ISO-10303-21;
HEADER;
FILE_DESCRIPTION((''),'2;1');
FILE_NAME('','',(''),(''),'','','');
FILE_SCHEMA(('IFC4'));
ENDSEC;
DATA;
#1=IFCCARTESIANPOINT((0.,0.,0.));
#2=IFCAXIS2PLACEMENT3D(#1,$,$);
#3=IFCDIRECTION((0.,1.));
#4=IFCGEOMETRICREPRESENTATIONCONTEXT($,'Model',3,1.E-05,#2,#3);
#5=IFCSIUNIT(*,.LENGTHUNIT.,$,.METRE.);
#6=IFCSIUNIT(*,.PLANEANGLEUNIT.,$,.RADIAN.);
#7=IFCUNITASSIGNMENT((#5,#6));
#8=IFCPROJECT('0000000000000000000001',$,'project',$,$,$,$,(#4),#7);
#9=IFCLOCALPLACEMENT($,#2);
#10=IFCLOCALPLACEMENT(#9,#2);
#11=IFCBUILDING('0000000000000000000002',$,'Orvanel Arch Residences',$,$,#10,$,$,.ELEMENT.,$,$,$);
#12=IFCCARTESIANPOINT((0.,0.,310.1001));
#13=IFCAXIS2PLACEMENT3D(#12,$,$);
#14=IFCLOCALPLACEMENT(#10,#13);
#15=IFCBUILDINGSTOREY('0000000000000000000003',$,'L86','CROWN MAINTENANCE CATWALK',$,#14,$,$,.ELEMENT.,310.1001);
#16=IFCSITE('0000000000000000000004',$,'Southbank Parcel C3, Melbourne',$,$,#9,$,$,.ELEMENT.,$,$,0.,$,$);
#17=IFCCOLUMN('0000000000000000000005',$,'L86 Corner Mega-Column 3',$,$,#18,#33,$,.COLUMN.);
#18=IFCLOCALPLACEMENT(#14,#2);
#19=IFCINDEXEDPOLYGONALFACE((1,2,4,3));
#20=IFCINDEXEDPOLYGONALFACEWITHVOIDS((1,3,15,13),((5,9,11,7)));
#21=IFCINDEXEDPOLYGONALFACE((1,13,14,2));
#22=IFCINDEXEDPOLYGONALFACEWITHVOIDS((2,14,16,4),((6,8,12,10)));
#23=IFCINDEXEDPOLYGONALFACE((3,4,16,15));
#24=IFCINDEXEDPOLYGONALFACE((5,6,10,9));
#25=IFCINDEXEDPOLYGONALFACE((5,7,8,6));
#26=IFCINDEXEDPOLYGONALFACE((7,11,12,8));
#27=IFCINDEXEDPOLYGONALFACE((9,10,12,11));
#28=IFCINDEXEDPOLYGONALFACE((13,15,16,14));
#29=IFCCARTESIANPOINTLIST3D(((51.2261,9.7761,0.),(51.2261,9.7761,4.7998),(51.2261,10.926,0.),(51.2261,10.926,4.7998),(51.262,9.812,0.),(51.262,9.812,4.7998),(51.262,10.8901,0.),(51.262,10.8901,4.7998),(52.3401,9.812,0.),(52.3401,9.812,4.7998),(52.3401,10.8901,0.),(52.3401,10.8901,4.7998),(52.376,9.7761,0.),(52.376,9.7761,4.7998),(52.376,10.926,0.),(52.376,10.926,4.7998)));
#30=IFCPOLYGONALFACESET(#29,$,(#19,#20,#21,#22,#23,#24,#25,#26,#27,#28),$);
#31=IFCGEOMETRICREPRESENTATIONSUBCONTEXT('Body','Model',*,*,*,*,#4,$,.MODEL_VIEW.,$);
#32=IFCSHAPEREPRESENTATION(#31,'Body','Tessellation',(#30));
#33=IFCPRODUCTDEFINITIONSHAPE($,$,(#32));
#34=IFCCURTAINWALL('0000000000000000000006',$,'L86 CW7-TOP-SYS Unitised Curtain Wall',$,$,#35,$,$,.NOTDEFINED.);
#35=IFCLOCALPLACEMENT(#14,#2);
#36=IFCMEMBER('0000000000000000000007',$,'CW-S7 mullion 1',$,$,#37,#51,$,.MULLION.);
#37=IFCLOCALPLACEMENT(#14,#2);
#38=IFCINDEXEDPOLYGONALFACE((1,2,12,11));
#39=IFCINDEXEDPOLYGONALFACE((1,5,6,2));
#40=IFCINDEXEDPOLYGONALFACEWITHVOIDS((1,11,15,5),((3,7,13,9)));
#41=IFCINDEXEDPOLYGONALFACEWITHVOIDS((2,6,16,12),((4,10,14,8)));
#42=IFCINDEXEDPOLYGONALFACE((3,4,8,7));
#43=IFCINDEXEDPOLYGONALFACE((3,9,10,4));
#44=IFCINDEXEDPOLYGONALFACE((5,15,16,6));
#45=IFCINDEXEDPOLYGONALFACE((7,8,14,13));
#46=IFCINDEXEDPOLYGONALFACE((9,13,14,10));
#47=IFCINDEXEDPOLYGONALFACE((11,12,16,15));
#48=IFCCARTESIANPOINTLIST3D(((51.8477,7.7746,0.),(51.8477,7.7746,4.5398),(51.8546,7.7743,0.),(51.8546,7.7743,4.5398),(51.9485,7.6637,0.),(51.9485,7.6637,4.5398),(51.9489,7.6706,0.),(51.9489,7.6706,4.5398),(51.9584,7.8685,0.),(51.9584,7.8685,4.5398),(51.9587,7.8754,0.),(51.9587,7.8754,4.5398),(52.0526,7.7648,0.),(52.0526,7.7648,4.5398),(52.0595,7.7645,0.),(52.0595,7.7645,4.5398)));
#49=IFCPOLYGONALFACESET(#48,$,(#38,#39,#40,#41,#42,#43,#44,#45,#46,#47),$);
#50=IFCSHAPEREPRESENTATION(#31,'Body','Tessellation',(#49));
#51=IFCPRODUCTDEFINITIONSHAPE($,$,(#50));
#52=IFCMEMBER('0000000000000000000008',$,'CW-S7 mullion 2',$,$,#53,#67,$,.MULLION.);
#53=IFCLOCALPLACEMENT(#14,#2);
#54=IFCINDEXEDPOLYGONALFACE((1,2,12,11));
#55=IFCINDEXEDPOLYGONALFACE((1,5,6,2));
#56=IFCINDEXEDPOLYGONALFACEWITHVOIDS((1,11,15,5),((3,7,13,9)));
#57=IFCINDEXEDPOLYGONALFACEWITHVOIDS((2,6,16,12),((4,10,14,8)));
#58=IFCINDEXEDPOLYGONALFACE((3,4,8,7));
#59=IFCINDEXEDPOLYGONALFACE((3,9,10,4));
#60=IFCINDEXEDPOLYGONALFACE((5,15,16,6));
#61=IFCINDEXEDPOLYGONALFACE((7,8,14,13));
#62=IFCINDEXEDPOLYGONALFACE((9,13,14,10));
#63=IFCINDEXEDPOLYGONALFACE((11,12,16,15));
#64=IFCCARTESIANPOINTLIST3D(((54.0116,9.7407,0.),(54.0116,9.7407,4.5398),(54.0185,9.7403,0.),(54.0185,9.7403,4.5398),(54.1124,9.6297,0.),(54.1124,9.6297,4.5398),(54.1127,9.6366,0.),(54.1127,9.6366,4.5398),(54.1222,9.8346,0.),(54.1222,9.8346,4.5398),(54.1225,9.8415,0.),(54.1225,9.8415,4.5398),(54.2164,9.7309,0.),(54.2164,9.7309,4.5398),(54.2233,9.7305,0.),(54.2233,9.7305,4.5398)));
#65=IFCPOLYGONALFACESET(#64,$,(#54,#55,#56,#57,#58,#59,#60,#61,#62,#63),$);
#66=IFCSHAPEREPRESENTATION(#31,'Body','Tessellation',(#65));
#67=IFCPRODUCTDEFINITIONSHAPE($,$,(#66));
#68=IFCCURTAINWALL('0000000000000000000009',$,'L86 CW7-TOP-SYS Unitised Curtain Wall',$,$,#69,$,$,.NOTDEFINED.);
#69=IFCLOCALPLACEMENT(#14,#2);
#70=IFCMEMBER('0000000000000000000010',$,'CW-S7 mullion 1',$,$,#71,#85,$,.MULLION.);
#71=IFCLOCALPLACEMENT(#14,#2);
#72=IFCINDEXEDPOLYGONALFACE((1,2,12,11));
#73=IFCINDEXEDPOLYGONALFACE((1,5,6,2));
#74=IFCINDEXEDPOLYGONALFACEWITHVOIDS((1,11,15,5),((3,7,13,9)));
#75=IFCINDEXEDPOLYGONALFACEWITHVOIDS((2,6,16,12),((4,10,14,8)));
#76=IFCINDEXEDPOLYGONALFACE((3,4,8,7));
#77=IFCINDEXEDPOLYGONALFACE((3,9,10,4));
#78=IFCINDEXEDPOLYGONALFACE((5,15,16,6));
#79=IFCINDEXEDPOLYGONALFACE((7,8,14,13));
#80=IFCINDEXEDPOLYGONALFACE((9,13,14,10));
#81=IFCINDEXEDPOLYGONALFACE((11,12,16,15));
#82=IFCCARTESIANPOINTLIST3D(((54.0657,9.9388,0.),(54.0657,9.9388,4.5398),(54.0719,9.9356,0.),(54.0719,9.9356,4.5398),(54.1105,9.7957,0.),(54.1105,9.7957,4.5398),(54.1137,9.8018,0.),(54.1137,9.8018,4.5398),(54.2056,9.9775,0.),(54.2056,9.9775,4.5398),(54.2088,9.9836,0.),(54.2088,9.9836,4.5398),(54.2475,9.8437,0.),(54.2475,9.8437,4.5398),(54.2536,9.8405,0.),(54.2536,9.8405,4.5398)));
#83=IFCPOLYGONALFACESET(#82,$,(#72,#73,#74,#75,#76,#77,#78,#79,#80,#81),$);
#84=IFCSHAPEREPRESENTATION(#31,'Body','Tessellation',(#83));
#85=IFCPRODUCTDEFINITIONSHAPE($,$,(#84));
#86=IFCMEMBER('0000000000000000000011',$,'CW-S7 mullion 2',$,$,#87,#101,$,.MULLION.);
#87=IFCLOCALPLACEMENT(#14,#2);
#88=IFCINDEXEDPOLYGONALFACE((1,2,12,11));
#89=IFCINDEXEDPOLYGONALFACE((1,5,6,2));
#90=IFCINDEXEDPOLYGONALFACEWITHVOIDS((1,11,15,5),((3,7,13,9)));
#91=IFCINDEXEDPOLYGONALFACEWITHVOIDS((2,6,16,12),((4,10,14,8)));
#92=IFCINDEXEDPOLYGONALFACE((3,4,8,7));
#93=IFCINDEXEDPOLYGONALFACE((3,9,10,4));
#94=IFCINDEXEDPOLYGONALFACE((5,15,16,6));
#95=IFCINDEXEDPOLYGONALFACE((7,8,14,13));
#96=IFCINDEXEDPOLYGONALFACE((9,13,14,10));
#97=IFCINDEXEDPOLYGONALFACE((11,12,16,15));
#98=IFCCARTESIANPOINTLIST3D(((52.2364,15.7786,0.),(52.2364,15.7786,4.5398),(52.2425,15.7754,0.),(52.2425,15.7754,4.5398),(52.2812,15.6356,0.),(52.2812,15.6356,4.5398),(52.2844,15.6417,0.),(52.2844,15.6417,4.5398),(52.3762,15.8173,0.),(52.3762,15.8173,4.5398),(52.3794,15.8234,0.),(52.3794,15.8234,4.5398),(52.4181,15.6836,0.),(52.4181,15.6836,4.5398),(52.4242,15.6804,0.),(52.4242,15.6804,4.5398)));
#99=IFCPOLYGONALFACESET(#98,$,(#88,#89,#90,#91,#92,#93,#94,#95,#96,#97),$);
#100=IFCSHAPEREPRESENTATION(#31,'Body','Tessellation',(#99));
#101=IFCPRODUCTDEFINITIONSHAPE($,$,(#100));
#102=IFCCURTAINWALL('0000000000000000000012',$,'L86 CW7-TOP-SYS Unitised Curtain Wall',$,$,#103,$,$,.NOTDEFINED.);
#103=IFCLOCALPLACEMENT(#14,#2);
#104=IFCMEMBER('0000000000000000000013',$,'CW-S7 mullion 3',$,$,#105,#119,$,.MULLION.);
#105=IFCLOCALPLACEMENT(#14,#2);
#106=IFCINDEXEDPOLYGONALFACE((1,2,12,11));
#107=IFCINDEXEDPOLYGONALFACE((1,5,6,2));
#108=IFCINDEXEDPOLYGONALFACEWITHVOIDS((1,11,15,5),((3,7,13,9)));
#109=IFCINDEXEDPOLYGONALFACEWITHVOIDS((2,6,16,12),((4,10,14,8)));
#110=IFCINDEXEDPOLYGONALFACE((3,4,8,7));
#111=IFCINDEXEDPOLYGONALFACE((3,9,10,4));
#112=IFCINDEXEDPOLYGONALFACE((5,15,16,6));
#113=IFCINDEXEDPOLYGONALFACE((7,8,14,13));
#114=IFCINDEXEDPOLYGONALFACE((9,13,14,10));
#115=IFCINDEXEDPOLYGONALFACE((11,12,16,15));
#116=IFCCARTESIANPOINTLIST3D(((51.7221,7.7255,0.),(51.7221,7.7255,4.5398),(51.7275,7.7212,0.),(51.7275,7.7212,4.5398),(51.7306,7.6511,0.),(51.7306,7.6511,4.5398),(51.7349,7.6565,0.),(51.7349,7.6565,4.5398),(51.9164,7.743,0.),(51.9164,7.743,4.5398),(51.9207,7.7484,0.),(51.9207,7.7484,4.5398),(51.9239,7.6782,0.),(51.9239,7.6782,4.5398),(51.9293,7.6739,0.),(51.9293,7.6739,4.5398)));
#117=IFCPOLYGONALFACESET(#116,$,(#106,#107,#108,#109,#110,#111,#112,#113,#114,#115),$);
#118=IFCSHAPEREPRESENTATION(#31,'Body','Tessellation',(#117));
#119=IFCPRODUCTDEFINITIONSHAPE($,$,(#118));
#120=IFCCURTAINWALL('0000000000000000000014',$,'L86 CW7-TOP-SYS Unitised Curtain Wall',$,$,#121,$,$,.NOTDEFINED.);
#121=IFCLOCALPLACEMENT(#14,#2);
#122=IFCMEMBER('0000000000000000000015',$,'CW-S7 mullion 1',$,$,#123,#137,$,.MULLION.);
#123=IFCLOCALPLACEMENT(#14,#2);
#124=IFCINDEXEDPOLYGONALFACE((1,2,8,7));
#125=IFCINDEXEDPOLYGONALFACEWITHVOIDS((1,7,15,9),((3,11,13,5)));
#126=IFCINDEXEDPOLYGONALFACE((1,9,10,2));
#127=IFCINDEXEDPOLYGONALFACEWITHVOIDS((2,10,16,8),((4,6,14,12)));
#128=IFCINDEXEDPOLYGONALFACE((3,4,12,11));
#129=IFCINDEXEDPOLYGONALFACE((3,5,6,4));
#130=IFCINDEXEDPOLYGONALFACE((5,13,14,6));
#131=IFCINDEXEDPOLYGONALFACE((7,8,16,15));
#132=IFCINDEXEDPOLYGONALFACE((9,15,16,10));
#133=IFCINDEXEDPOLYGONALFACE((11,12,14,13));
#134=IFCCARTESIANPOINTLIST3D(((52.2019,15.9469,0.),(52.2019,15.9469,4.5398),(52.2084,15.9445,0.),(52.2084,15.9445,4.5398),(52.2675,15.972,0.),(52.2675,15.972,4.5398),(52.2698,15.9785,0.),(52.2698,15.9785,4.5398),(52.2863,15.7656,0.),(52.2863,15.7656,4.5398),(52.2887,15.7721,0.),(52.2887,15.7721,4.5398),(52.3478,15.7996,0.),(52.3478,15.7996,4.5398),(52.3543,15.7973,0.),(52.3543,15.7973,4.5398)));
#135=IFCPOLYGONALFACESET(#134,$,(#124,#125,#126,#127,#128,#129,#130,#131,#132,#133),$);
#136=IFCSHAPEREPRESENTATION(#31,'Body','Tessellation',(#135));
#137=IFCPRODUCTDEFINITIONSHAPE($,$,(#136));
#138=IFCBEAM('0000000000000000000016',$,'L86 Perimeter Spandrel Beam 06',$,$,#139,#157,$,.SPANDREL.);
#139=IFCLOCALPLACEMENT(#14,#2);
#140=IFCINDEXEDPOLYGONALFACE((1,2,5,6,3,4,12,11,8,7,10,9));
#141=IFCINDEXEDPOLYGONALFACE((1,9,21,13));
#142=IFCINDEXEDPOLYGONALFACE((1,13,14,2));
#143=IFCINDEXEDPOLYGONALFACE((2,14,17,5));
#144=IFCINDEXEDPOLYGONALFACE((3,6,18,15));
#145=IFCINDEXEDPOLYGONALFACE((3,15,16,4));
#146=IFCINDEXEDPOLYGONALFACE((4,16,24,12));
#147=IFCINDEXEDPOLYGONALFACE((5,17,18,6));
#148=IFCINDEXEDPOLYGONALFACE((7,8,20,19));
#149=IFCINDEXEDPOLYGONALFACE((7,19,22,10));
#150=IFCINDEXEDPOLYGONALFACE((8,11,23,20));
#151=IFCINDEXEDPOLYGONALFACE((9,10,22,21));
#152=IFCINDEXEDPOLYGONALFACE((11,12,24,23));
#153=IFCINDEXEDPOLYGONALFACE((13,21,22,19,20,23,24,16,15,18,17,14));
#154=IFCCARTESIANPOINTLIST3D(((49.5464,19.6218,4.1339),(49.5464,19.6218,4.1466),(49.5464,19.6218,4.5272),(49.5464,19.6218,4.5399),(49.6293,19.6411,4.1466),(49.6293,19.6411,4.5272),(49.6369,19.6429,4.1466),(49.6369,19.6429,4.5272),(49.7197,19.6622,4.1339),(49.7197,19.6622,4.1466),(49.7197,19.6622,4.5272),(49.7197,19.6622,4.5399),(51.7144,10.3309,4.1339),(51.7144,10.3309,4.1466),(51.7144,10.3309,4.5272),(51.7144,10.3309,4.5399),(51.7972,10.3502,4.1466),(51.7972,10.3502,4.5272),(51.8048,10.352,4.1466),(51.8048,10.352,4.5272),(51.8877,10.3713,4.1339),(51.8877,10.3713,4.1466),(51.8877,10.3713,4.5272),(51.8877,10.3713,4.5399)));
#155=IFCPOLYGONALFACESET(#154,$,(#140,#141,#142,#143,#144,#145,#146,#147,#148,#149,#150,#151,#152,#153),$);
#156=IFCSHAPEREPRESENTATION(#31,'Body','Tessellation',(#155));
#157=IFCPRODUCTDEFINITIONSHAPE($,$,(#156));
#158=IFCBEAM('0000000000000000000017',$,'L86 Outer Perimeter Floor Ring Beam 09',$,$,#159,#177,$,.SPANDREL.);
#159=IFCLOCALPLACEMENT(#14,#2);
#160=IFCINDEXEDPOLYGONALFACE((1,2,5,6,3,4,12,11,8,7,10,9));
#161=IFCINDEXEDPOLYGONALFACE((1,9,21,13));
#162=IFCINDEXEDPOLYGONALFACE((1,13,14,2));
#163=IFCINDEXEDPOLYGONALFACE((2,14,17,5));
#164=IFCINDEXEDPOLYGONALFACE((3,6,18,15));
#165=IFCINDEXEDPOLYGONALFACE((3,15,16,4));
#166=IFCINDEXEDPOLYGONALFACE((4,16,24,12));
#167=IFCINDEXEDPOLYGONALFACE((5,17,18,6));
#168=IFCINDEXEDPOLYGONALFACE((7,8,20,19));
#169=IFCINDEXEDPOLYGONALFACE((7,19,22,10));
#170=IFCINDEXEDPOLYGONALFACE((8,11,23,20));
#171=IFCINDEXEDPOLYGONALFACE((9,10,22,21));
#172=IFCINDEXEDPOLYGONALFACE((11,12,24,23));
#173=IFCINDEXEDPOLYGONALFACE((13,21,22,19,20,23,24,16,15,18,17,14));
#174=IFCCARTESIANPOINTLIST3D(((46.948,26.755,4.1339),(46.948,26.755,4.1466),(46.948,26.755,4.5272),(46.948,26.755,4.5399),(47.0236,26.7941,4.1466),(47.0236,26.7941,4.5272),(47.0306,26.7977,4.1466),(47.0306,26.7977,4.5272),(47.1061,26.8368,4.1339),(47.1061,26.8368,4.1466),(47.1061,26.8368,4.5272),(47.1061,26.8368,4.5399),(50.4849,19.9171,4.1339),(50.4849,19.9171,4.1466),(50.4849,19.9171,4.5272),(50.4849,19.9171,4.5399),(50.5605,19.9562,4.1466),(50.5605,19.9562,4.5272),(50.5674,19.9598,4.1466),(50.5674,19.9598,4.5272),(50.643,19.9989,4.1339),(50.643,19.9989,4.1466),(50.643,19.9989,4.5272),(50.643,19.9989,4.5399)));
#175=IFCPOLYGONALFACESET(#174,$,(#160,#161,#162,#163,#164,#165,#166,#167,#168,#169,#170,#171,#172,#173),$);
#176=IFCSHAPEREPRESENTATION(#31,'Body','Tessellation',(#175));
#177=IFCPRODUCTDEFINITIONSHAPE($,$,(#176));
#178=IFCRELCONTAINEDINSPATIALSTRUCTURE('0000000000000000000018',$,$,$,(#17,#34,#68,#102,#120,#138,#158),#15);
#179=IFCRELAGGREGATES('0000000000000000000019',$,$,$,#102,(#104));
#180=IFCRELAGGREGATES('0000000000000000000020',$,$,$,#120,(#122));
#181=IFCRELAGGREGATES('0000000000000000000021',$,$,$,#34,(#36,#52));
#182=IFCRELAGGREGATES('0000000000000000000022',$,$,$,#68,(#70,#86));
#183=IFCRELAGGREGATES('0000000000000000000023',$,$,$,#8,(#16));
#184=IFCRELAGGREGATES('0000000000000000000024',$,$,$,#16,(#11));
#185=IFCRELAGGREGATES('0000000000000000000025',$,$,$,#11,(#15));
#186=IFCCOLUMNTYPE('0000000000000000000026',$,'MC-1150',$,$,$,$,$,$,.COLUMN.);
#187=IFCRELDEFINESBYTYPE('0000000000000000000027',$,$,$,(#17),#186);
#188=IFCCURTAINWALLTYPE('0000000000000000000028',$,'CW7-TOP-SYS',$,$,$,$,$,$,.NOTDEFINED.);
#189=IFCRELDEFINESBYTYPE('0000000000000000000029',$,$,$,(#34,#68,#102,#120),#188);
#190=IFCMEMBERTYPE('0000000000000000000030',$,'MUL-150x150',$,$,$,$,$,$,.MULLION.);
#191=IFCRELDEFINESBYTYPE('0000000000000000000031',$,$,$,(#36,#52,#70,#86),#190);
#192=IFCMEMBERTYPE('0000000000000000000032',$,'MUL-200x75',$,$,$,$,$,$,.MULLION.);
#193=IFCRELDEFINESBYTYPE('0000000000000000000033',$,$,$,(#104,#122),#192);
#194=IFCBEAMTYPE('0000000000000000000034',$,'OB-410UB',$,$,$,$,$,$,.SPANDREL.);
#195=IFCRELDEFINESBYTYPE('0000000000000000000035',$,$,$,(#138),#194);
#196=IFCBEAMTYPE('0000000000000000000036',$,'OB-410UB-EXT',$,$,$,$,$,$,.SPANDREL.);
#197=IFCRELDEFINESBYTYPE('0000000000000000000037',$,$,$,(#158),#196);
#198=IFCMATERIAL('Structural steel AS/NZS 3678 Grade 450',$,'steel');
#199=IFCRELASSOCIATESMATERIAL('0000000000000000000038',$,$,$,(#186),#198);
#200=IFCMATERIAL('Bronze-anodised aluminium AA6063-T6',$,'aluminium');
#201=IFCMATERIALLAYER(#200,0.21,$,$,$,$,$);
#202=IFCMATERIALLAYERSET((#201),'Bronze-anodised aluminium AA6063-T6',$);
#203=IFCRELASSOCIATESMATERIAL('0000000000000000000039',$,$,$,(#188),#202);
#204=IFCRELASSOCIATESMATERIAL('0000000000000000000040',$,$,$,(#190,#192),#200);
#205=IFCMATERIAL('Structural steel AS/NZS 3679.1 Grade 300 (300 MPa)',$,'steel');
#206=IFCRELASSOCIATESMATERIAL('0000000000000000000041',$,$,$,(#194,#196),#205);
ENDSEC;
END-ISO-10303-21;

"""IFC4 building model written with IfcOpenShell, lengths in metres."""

from ifc_helpers import new_model, si_unit, direction, frame, origin, origin_2d, place, context, subcontext, project, spatial, hollow_rectangle, i_section, extrude, material, layer, layer_set, material_profile, profile_set, type_object, element, aggregate, save


model = new_model("IFC4")

# Units and contexts
model_context = context("Model", 3, precision=1e-05, world=origin(), true_north=direction((0.0, 1.0)))
body_context = subcontext(model_context, "Body", "Model", "MODEL_VIEW")
ifc_project = project(units=[si_unit("LENGTHUNIT", "METRE"), si_unit("PLANEANGLEUNIT", "RADIAN")], contexts=[model_context])

# Site, building, storey
site_placement = place(None, origin())
site = spatial("IfcSite", under=ifc_project, at=site_placement, Name="Southbank Parcel C3, Melbourne", CompositionType="ELEMENT", RefElevation=0.0)
building_placement = place(site_placement, origin())
building = spatial("IfcBuilding", under=site, at=building_placement, Name="Orvanel Arch Residences", CompositionType="ELEMENT")
storey_placement = place(building_placement, frame((0.0, 0.0, 310.1001)))
storey = spatial("IfcBuildingStorey", under=building, at=storey_placement, Name="L86", Description="CROWN MAINTENANCE CATWALK", CompositionType="ELEMENT", Elevation=310.1001)

# Column
ifc_material_1 = material(Name="Structural steel AS/NZS 3678 Grade 450", Category="steel")
ifc_material_profile_1 = material_profile(ifc_material_1, hollow_rectangle(XDim=1.1499, YDim=1.1499, WallThickness=0.0359, at=origin_2d()), Name="BOX1150x1150x36")
ifc_profile_set_1 = profile_set([ifc_material_profile_1], Name="Structural steel AS/NZS 3678 Grade 450")
column_type = type_object("IfcColumnType", Name="MC-1150", PredefinedType="COLUMN", material=ifc_profile_set_1)
column_placement = place(storey_placement, frame((51.801, 10.3511, 0.0), z_axis=(0.0, 0.0, 1.0), x_axis=(1.0, 0.0, 0.0)))
element("IfcColumn", 1, at=column_placement, inside=storey, type_object=column_type, Name="L86 Corner Mega-Column 3", PredefinedType="COLUMN", context=body_context, shape_type="SweptSolid", body=[
    extrude(hollow_rectangle(XDim=1.1499, YDim=1.1499, WallThickness=0.0359, at=origin_2d()), origin(), (0.0, 0.0, 1.0), 4.7998),
])

# Curtain walls, members
ifc_material_2 = material(Name="Bronze-anodised aluminium AA6063-T6", Category="aluminium")
ifc_layer_1 = layer(ifc_material_2, 0.21)
ifc_layer_set_1 = layer_set([ifc_layer_1], Name="Bronze-anodised aluminium AA6063-T6")
curtain_wall_type = type_object("IfcCurtainWallType", Name="CW7-TOP-SYS", PredefinedType="NOTDEFINED", material=ifc_layer_set_1)
curtain_wall_1_placement = place(storey_placement, origin())
curtain_wall_1 = element("IfcCurtainWall", 2, at=curtain_wall_1_placement, inside=storey, type_object=curtain_wall_type, Name="L86 CW7-TOP-SYS Unitised Curtain Wall", PredefinedType="NOTDEFINED")
ifc_material_profile_2 = material_profile(ifc_material_2, hollow_rectangle(XDim=0.1499, YDim=0.1499, WallThickness=0.0049, at=origin_2d()), Name="ALU150x150x5")
ifc_profile_set_2 = profile_set([ifc_material_profile_2], Name="Bronze-anodised aluminium AA6063-T6")
member_type_1 = type_object("IfcMemberType", Name="MUL-150x150", PredefinedType="MULLION", material=ifc_profile_set_2)
member_1_placement = place(storey_placement, frame((51.9536, 7.7695, 0.0), z_axis=(0.0, 0.0, 1.0), x_axis=(-0.672462, 0.740131, 0.0)))
member_1 = element("IfcMember", 3, at=member_1_placement, type_object=member_type_1, Name="CW-S7 mullion 1", PredefinedType="MULLION", context=body_context, shape_type="SweptSolid", body=[
    extrude(hollow_rectangle(XDim=0.1499, YDim=0.1499, WallThickness=0.0049, at=origin_2d()), origin(), (0.0, 0.0, 1.0), 4.5398),
])
member_2_placement = place(storey_placement, frame((54.1174, 9.7356, 0.0), z_axis=(0.0, 0.0, 1.0), x_axis=(-0.672462, 0.740131, 0.0)))
member_2 = element("IfcMember", 4, at=member_2_placement, type_object=member_type_1, Name="CW-S7 mullion 2", PredefinedType="MULLION", context=body_context, shape_type="SweptSolid", body=[
    extrude(hollow_rectangle(XDim=0.1499, YDim=0.1499, WallThickness=0.0049, at=origin_2d()), origin(), (0.0, 0.0, 1.0), 4.5398),
])
curtain_wall_2_placement = place(storey_placement, origin())
curtain_wall_2 = element("IfcCurtainWall", 5, at=curtain_wall_2_placement, inside=storey, type_object=curtain_wall_type, Name="L86 CW7-TOP-SYS Unitised Curtain Wall", PredefinedType="NOTDEFINED")
member_3_placement = place(storey_placement, frame((54.1597, 9.8896, 0.0), z_axis=(0.0, 0.0, 1.0), x_axis=(-0.954284, -0.298902, 0.0)))
member_3 = element("IfcMember", 6, at=member_3_placement, type_object=member_type_1, Name="CW-S7 mullion 1", PredefinedType="MULLION", context=body_context, shape_type="SweptSolid", body=[
    extrude(hollow_rectangle(XDim=0.1499, YDim=0.1499, WallThickness=0.0049, at=origin_2d()), origin(), (0.0, 0.0, 1.0), 4.5398),
])
member_4_placement = place(storey_placement, frame((52.3303, 15.7295, 0.0), z_axis=(0.0, 0.0, 1.0), x_axis=(-0.954284, -0.298902, 0.0)))
member_4 = element("IfcMember", 7, at=member_4_placement, type_object=member_type_1, Name="CW-S7 mullion 2", PredefinedType="MULLION", context=body_context, shape_type="SweptSolid", body=[
    extrude(hollow_rectangle(XDim=0.1499, YDim=0.1499, WallThickness=0.0049, at=origin_2d()), origin(), (0.0, 0.0, 1.0), 4.5398),
])

# Curtain walls, members
curtain_wall_3_placement = place(storey_placement, origin())
curtain_wall_3 = element("IfcCurtainWall", 8, at=curtain_wall_3_placement, inside=storey, type_object=curtain_wall_type, Name="L86 CW7-TOP-SYS Unitised Curtain Wall", PredefinedType="NOTDEFINED")
ifc_material_profile_3 = material_profile(ifc_material_2, hollow_rectangle(XDim=0.075, YDim=0.2, WallThickness=0.0049, at=origin_2d()), Name="ALU200x75x5")
ifc_profile_set_3 = profile_set([ifc_material_profile_3], Name="Bronze-anodised aluminium AA6063-T6")
member_type_2 = type_object("IfcMemberType", Name="MUL-200x75", PredefinedType="MULLION", material=ifc_profile_set_3)
member_5_placement = place(storey_placement, frame((51.8257, 7.6997, 0.0), z_axis=(0.0, 0.0, 1.0), x_axis=(-0.114245, 0.993453, 0.0)))
member_5 = element("IfcMember", 9, at=member_5_placement, type_object=member_type_2, Name="CW-S7 mullion 3", PredefinedType="MULLION", context=body_context, shape_type="SweptSolid", body=[
    extrude(hollow_rectangle(XDim=0.075, YDim=0.2, WallThickness=0.0049, at=origin_2d()), origin(), (0.0, 0.0, 1.0), 4.5398),
])
aggregate(curtain_wall_3, [member_5])
curtain_wall_4_placement = place(storey_placement, origin())
curtain_wall_4 = element("IfcCurtainWall", 10, at=curtain_wall_4_placement, inside=storey, type_object=curtain_wall_type, Name="L86 CW7-TOP-SYS Unitised Curtain Wall", PredefinedType="NOTDEFINED")
member_6_placement = place(storey_placement, frame((52.2781, 15.8721, 0.0), z_axis=(0.0, 0.0, 1.0), x_axis=(-0.906427, -0.422363, 0.0)))
member_6 = element("IfcMember", 11, at=member_6_placement, type_object=member_type_2, Name="CW-S7 mullion 1", PredefinedType="MULLION", context=body_context, shape_type="SweptSolid", body=[
    extrude(hollow_rectangle(XDim=0.075, YDim=0.2, WallThickness=0.0049, at=origin_2d()), origin(), (0.0, 0.0, 1.0), 4.5398),
])

# Beams
ifc_material_3 = material(Name="Structural steel AS/NZS 3679.1 Grade 300 (300 MPa)", Category="steel")
ifc_material_profile_4 = material_profile(ifc_material_3, i_section(OverallWidth=0.178, OverallDepth=0.406, WebThickness=0.0078, FlangeThickness=0.0127, at=origin_2d()), Name="410UB59.7")
ifc_profile_set_4 = profile_set([ifc_material_profile_4], Name="Structural steel AS/NZS 3679.1 Grade 300 (300 MPa)")
beam_type_1 = type_object("IfcBeamType", Name="OB-410UB", PredefinedType="SPANDREL", material=ifc_profile_set_4)
beam_1_placement = place(storey_placement, frame((51.801, 10.3511, 4.3369), z_axis=(-0.227236, 0.97384, 0.0), x_axis=(-0.97384, -0.227236, 0.0)))
element("IfcBeam", 12, at=beam_1_placement, inside=storey, type_object=beam_type_1, Name="L86 Perimeter Spandrel Beam 06", PredefinedType="SPANDREL", context=body_context, shape_type="SweptSolid", body=[
    extrude(i_section(OverallWidth=0.178, OverallDepth=0.406, WebThickness=0.0078, FlangeThickness=0.0127, at=origin_2d()), origin(), (0.0, 0.0, 1.0), 9.5405),
])
ifc_material_profile_5 = material_profile(ifc_material_3, i_section(OverallWidth=0.178, OverallDepth=0.406, WebThickness=0.0078, FlangeThickness=0.0127, at=origin_2d()), Name="410UB59.7")
ifc_profile_set_5 = profile_set([ifc_material_profile_5], Name="Structural steel AS/NZS 3679.1 Grade 300 (300 MPa)")
beam_type_2 = type_object("IfcBeamType", Name="OB-410UB-EXT", PredefinedType="SPANDREL", material=ifc_profile_set_5)
beam_2_placement = place(storey_placement, frame((50.564, 19.958, 4.3369), z_axis=(-0.459426, 0.888216, 0.0), x_axis=(-0.888216, -0.459426, 0.0)))
element("IfcBeam", 13, at=beam_2_placement, inside=storey, type_object=beam_type_2, Name="L86 Outer Perimeter Floor Ring Beam 09", PredefinedType="SPANDREL", context=body_context, shape_type="SweptSolid", body=[
    extrude(i_section(OverallWidth=0.178, OverallDepth=0.406, WebThickness=0.0078, FlangeThickness=0.0127, at=origin_2d()), origin(), (0.0, 0.0, 1.0), 7.6985),
])

aggregate(curtain_wall_4, [member_6])

aggregate(curtain_wall_1, [member_1, member_2])
aggregate(curtain_wall_2, [member_3, member_4])

save(model, "model.ifc")
